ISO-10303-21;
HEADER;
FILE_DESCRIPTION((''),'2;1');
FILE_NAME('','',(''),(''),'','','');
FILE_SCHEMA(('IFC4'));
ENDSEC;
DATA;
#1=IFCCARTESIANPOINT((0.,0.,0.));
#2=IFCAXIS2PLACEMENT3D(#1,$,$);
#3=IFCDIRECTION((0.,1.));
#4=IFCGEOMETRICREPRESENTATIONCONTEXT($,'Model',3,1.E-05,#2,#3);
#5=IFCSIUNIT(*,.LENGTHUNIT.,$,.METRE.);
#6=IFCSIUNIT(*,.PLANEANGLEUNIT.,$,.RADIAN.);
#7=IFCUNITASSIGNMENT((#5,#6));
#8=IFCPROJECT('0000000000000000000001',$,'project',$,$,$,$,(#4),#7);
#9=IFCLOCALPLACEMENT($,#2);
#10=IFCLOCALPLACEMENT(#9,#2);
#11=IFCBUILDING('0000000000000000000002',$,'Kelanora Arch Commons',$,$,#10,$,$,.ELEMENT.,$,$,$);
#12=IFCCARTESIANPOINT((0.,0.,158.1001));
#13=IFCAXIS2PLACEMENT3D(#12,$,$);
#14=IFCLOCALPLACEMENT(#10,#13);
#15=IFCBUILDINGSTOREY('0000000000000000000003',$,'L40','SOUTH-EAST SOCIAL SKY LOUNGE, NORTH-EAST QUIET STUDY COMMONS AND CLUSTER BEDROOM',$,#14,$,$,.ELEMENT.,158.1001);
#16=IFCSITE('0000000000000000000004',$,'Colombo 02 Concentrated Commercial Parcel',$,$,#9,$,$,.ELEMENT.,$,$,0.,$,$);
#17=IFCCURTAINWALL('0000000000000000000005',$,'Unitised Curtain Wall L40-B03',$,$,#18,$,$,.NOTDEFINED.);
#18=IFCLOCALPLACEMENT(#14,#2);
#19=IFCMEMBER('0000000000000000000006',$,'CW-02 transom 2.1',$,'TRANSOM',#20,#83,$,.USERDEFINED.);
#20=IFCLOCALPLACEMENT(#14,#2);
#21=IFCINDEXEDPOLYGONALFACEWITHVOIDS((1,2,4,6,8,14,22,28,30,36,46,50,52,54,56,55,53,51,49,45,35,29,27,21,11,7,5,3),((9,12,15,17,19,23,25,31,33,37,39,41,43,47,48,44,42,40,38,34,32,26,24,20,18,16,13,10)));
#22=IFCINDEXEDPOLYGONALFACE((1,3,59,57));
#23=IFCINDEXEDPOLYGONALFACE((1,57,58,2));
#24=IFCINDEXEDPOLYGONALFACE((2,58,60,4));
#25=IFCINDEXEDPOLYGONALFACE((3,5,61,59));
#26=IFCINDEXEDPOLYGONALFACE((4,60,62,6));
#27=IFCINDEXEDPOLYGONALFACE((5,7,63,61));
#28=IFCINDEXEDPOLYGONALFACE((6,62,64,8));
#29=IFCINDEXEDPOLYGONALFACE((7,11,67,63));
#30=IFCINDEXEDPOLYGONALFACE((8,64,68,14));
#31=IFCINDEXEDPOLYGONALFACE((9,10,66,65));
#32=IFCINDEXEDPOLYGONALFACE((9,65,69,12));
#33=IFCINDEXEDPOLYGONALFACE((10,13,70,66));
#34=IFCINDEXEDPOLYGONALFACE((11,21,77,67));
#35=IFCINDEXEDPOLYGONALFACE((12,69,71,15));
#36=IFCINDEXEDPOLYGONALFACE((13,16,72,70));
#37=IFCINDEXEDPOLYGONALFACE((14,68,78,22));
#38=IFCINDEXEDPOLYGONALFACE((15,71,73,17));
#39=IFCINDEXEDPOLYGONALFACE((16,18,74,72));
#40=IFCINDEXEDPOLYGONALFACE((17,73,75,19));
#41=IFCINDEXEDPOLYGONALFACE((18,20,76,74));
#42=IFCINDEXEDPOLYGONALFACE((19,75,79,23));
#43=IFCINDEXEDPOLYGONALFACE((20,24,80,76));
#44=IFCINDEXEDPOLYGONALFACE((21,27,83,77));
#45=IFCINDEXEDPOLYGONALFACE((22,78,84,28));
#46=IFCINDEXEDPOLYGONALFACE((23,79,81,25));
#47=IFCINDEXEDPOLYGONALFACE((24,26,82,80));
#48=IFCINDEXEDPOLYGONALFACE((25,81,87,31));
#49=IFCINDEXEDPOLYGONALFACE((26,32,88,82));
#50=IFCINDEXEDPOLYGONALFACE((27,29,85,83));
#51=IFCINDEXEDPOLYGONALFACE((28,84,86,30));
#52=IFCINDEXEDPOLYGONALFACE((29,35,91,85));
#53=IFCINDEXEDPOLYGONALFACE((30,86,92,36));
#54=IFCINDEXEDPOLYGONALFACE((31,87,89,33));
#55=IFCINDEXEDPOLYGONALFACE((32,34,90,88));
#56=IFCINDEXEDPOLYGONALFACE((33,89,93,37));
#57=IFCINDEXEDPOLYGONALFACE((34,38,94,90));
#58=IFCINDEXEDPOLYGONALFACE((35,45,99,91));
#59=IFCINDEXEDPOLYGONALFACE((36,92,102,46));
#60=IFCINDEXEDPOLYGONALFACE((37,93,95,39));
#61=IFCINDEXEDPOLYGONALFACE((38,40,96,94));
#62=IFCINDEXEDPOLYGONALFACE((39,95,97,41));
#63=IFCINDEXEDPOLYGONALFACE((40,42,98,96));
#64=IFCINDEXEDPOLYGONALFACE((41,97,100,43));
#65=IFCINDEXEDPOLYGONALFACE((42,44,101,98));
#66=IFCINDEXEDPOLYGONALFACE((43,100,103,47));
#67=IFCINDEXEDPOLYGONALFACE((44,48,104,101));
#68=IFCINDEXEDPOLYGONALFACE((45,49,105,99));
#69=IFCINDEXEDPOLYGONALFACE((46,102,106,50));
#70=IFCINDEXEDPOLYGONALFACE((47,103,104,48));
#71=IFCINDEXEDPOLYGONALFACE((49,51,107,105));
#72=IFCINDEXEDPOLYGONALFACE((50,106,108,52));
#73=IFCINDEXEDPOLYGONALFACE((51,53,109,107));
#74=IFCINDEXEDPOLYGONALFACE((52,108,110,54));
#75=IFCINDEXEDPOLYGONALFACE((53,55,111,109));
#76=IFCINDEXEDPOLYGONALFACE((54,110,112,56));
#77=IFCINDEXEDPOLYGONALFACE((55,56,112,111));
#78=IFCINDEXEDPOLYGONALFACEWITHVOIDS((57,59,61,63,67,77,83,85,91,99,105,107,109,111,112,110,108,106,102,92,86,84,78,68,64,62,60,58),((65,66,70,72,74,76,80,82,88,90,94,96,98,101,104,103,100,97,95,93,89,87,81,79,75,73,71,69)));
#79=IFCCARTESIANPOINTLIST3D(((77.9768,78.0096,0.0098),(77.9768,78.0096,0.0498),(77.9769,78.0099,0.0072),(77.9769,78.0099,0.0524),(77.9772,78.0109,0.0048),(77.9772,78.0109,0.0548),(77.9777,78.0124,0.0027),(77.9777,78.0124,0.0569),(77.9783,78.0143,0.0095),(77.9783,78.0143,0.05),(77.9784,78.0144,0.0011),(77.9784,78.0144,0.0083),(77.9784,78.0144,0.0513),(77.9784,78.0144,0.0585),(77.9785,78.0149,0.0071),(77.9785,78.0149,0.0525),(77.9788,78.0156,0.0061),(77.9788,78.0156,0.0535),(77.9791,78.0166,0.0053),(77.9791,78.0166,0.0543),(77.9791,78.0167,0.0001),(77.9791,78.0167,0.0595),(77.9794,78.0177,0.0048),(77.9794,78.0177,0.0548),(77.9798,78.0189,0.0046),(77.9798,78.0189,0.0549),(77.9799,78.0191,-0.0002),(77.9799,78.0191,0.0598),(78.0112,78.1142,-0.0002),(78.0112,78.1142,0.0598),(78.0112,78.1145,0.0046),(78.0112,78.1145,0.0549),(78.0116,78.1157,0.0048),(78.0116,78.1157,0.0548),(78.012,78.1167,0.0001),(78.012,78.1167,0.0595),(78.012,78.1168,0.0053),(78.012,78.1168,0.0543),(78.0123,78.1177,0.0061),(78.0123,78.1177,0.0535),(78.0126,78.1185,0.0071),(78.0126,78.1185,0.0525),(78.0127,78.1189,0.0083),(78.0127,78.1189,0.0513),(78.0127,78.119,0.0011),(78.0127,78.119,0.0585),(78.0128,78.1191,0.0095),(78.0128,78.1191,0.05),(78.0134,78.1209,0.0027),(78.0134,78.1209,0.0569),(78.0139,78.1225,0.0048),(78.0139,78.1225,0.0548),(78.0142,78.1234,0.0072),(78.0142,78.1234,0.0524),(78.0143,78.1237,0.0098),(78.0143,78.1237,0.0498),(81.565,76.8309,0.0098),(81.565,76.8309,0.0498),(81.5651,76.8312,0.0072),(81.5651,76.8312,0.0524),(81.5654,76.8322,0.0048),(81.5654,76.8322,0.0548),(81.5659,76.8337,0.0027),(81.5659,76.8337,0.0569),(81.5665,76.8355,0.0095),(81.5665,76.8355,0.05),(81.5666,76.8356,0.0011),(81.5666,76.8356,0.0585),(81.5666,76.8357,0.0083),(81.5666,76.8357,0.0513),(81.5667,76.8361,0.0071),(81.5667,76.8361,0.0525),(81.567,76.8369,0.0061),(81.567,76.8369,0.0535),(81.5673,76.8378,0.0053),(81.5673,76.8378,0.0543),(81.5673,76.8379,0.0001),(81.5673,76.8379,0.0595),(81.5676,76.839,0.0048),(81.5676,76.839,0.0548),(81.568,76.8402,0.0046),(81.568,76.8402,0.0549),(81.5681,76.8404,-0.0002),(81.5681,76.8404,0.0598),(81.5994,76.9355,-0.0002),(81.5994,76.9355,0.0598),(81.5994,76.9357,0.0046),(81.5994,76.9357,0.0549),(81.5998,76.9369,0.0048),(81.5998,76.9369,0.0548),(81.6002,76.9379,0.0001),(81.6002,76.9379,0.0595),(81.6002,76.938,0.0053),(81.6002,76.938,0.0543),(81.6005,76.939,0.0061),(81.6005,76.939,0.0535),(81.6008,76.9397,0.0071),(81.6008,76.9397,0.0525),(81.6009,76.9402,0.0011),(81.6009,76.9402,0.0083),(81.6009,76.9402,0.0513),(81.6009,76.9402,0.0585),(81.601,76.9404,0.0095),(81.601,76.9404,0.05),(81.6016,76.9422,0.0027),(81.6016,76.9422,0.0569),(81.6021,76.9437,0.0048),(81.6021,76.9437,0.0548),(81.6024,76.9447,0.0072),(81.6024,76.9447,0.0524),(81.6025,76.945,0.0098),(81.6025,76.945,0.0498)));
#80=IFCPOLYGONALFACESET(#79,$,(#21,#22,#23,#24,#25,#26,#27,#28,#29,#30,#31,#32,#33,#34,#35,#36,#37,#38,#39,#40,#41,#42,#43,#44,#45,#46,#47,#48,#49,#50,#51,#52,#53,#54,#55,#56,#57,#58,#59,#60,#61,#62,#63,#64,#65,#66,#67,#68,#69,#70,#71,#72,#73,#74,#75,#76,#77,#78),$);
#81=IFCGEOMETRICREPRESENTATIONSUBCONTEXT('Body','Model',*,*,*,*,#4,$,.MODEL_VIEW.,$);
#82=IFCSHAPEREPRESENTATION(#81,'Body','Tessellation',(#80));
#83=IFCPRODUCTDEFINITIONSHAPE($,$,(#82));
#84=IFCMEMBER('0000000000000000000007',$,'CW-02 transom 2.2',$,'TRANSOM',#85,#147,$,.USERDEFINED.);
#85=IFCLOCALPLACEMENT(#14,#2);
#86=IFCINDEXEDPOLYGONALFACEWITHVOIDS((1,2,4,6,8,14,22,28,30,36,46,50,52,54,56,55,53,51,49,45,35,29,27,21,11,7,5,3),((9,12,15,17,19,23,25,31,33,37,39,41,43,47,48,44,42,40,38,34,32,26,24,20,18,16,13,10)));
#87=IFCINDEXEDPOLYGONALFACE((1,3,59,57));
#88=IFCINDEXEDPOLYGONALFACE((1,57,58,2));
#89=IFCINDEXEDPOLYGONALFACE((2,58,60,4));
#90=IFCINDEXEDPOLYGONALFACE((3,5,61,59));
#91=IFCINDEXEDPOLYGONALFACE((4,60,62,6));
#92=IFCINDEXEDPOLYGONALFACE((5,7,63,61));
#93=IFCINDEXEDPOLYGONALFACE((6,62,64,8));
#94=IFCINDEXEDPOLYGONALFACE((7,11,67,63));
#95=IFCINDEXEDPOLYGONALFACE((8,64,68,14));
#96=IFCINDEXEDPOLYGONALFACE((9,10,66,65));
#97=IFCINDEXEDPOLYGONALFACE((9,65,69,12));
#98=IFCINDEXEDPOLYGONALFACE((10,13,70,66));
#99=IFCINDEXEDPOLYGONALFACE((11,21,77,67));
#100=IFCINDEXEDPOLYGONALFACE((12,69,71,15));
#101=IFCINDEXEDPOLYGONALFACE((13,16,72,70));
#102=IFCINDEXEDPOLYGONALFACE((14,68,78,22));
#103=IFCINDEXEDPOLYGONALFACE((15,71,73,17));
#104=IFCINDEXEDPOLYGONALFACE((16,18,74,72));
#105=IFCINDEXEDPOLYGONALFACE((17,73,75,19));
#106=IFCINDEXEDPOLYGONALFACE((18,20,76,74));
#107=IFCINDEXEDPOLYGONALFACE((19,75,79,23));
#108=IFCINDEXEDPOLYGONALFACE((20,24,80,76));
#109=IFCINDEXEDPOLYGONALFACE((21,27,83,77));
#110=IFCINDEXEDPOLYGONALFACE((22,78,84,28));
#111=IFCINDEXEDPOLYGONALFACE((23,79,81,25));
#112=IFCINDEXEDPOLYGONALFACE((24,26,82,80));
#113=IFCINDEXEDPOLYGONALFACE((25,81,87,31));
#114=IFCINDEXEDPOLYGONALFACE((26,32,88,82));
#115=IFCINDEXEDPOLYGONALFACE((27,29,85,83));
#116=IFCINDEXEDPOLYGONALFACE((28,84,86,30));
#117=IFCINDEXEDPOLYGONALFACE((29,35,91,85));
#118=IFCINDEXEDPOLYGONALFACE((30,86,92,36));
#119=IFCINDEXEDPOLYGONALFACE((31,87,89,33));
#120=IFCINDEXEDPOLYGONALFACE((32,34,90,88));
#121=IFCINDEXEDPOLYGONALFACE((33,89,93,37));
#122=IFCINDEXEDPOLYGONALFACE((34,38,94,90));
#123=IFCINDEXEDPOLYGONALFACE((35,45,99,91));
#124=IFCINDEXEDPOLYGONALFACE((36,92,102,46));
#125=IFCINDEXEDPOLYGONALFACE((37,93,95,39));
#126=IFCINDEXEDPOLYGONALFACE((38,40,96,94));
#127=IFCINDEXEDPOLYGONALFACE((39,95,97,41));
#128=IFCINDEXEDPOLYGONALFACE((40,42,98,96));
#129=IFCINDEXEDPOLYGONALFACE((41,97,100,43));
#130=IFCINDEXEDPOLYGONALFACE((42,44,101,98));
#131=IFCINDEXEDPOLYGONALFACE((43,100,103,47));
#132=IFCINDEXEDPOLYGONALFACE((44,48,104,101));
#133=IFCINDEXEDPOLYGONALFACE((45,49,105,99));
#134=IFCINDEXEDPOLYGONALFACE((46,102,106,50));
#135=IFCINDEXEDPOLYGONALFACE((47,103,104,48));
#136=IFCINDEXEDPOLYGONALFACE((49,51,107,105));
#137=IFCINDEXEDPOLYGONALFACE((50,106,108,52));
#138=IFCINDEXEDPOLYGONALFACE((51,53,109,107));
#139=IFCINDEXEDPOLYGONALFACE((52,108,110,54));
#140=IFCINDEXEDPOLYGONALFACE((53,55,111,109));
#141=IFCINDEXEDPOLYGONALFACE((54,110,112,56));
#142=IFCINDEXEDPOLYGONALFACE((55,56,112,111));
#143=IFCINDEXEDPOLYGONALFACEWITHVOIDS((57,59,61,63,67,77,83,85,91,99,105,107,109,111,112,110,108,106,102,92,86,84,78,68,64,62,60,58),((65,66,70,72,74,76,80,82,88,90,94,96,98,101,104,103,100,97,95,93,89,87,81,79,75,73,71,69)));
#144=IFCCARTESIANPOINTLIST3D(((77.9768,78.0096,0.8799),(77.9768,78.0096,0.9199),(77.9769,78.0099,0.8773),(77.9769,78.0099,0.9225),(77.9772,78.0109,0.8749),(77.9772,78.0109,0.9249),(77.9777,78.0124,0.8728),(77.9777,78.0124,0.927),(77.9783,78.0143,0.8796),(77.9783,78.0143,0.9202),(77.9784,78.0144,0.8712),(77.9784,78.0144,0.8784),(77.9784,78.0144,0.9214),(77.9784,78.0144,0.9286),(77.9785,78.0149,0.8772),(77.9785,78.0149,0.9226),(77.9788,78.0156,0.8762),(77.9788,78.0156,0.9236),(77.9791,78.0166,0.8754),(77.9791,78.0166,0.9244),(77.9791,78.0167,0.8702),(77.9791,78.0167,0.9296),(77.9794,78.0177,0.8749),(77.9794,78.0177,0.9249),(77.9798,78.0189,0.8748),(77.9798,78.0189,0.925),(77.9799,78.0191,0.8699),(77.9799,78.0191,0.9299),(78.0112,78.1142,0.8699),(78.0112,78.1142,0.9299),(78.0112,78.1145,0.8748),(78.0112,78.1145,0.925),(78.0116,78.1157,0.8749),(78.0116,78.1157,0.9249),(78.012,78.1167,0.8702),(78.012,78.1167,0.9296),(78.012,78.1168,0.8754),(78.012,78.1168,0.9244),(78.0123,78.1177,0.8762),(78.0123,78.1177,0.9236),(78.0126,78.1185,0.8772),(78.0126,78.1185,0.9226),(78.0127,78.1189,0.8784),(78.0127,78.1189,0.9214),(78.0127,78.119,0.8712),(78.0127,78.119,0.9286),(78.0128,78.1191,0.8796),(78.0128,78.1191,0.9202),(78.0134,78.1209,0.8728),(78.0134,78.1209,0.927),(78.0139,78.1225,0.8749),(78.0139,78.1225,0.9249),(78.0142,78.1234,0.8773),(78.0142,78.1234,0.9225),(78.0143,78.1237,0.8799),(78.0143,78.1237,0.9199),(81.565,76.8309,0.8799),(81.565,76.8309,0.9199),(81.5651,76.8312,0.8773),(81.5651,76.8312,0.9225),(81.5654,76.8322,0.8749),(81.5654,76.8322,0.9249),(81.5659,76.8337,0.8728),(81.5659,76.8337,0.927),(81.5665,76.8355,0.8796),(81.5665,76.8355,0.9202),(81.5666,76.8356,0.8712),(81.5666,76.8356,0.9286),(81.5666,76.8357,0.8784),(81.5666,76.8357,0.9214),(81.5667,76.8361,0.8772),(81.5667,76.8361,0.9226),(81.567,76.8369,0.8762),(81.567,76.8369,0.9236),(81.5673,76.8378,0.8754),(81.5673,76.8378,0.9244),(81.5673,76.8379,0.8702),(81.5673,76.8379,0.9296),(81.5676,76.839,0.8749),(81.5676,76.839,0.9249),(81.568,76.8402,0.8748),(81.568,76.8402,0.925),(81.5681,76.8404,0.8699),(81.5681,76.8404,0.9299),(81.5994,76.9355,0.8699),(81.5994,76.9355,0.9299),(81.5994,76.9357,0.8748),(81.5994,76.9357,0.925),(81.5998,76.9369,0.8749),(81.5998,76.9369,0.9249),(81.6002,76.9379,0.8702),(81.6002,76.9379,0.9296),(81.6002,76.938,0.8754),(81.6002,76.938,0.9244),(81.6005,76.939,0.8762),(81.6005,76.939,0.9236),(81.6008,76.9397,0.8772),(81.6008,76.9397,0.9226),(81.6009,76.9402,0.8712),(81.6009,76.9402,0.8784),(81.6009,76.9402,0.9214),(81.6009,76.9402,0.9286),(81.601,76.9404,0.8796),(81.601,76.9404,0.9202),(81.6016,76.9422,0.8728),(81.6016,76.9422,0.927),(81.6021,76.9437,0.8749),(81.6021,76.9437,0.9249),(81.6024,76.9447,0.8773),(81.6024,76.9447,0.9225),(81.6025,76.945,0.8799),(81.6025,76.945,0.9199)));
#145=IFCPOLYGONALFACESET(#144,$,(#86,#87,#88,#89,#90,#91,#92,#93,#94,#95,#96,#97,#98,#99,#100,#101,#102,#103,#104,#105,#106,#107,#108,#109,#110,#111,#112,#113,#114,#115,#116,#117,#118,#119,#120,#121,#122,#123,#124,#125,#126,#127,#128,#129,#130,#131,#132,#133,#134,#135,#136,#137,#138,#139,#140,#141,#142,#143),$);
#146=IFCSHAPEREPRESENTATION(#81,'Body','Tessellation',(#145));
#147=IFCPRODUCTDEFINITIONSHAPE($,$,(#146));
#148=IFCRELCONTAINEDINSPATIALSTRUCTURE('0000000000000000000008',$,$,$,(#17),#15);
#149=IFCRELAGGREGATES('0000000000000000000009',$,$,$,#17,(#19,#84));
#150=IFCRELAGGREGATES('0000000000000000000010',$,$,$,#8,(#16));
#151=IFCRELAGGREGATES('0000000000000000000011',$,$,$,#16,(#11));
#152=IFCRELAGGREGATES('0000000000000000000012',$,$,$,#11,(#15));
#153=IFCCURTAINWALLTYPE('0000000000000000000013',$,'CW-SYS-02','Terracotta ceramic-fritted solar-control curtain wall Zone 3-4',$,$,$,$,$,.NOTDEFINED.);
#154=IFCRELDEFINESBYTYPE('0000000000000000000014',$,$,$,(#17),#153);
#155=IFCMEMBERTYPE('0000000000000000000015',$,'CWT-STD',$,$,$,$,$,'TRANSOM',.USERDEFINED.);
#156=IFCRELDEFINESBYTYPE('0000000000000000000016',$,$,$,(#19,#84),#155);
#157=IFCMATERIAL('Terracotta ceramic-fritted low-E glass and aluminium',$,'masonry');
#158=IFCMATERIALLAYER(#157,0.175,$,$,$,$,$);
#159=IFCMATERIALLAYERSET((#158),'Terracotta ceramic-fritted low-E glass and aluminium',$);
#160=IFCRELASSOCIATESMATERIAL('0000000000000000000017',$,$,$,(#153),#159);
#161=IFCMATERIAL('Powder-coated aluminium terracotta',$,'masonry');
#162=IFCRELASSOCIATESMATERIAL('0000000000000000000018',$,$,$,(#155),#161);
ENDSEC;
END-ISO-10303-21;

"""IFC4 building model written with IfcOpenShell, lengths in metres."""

from ifc_helpers import new_model, si_unit, direction, frame, origin, origin_2d, place, context, subcontext, project, spatial, hollow_rectangle, extrude, material, layer, layer_set, material_profile, profile_set, type_object, element, aggregate, save


model = new_model("IFC4")

# Units and contexts
model_context = context("Model", 3, precision=1e-05, world=origin(), true_north=direction((0.0, 1.0)))
body_context = subcontext(model_context, "Body", "Model", "MODEL_VIEW")
ifc_project = project(units=[si_unit("LENGTHUNIT", "METRE"), si_unit("PLANEANGLEUNIT", "RADIAN")], contexts=[model_context])

# Site, building, storey
site_placement = place(None, origin())
site = spatial("IfcSite", under=ifc_project, at=site_placement, Name="Colombo 02 Concentrated Commercial Parcel", CompositionType="ELEMENT", RefElevation=0.0)
building_placement = place(site_placement, origin())
building = spatial("IfcBuilding", under=site, at=building_placement, Name="Kelanora Arch Commons", CompositionType="ELEMENT")
storey_placement = place(building_placement, frame((0.0, 0.0, 158.1001)))
storey = spatial("IfcBuildingStorey", under=building, at=storey_placement, Name="L40", Description="SOUTH-EAST SOCIAL SKY LOUNGE, NORTH-EAST QUIET STUDY COMMONS AND CLUSTER BEDROOM", CompositionType="ELEMENT", Elevation=158.1001)

# Curtain wall, members
ifc_material_1 = material(Name="Terracotta ceramic-fritted low-E glass and aluminium", Category="masonry")
ifc_layer_1 = layer(ifc_material_1, 0.175)
ifc_layer_set_1 = layer_set([ifc_layer_1], Name="Terracotta ceramic-fritted low-E glass and aluminium")
curtain_wall_type = type_object("IfcCurtainWallType", Name="CW-SYS-02", Description="Terracotta ceramic-fritted solar-control curtain wall Zone 3-4", PredefinedType="NOTDEFINED", material=ifc_layer_set_1)
curtain_wall_placement = place(storey_placement, origin())
curtain_wall = element("IfcCurtainWall", 1, at=curtain_wall_placement, inside=storey, type_object=curtain_wall_type, Name="Unitised Curtain Wall L40-B03", PredefinedType="NOTDEFINED")
ifc_material_2 = material(Name="Powder-coated aluminium terracotta", Category="masonry")
ifc_material_profile_1 = material_profile(ifc_material_2, hollow_rectangle(XDim=0.1201, YDim=0.0601, WallThickness=0.0049, InnerFilletRadius=0.0049, OuterFilletRadius=0.01, at=origin_2d()), Name="CWT120x60")
ifc_profile_set_1 = profile_set([ifc_material_profile_1], Name="Powder-coated aluminium terracotta")
member_type_1 = type_object("IfcMemberType", Name="CWT-STD", ElementType="TRANSOM", PredefinedType="USERDEFINED", material=ifc_profile_set_1)
member_1_placement = place(storey_placement, frame((81.5837, 76.8879, 0.0298), z_axis=(-0.950051, 0.312094, 0.0), x_axis=(-0.312094, -0.950051, 0.0)))
member_1 = element("IfcMember", 2, at=member_1_placement, type_object=member_type_1, Name="CW-02 transom 2.1", ObjectType="TRANSOM", PredefinedType="USERDEFINED", context=body_context, shape_type="SweptSolid", body=[
    extrude(hollow_rectangle(XDim=0.1201, YDim=0.0601, WallThickness=0.0049, InnerFilletRadius=0.0049, OuterFilletRadius=0.01, at=origin_2d()), origin(), (0.0, 0.0, 1.0), 3.7769),
])
member_2_placement = place(storey_placement, frame((81.5837, 76.8879, 0.8999), z_axis=(-0.950051, 0.312094, 0.0), x_axis=(-0.312094, -0.950051, 0.0)))
member_2 = element("IfcMember", 3, at=member_2_placement, type_object=member_type_1, Name="CW-02 transom 2.2", ObjectType="TRANSOM", PredefinedType="USERDEFINED", context=body_context, shape_type="SweptSolid", body=[
    extrude(hollow_rectangle(XDim=0.1201, YDim=0.0601, WallThickness=0.0049, InnerFilletRadius=0.0049, OuterFilletRadius=0.01, at=origin_2d()), origin(), (0.0, 0.0, 1.0), 3.7769),
])
aggregate(curtain_wall, [member_1, member_2])

save(model, "model.ifc")
